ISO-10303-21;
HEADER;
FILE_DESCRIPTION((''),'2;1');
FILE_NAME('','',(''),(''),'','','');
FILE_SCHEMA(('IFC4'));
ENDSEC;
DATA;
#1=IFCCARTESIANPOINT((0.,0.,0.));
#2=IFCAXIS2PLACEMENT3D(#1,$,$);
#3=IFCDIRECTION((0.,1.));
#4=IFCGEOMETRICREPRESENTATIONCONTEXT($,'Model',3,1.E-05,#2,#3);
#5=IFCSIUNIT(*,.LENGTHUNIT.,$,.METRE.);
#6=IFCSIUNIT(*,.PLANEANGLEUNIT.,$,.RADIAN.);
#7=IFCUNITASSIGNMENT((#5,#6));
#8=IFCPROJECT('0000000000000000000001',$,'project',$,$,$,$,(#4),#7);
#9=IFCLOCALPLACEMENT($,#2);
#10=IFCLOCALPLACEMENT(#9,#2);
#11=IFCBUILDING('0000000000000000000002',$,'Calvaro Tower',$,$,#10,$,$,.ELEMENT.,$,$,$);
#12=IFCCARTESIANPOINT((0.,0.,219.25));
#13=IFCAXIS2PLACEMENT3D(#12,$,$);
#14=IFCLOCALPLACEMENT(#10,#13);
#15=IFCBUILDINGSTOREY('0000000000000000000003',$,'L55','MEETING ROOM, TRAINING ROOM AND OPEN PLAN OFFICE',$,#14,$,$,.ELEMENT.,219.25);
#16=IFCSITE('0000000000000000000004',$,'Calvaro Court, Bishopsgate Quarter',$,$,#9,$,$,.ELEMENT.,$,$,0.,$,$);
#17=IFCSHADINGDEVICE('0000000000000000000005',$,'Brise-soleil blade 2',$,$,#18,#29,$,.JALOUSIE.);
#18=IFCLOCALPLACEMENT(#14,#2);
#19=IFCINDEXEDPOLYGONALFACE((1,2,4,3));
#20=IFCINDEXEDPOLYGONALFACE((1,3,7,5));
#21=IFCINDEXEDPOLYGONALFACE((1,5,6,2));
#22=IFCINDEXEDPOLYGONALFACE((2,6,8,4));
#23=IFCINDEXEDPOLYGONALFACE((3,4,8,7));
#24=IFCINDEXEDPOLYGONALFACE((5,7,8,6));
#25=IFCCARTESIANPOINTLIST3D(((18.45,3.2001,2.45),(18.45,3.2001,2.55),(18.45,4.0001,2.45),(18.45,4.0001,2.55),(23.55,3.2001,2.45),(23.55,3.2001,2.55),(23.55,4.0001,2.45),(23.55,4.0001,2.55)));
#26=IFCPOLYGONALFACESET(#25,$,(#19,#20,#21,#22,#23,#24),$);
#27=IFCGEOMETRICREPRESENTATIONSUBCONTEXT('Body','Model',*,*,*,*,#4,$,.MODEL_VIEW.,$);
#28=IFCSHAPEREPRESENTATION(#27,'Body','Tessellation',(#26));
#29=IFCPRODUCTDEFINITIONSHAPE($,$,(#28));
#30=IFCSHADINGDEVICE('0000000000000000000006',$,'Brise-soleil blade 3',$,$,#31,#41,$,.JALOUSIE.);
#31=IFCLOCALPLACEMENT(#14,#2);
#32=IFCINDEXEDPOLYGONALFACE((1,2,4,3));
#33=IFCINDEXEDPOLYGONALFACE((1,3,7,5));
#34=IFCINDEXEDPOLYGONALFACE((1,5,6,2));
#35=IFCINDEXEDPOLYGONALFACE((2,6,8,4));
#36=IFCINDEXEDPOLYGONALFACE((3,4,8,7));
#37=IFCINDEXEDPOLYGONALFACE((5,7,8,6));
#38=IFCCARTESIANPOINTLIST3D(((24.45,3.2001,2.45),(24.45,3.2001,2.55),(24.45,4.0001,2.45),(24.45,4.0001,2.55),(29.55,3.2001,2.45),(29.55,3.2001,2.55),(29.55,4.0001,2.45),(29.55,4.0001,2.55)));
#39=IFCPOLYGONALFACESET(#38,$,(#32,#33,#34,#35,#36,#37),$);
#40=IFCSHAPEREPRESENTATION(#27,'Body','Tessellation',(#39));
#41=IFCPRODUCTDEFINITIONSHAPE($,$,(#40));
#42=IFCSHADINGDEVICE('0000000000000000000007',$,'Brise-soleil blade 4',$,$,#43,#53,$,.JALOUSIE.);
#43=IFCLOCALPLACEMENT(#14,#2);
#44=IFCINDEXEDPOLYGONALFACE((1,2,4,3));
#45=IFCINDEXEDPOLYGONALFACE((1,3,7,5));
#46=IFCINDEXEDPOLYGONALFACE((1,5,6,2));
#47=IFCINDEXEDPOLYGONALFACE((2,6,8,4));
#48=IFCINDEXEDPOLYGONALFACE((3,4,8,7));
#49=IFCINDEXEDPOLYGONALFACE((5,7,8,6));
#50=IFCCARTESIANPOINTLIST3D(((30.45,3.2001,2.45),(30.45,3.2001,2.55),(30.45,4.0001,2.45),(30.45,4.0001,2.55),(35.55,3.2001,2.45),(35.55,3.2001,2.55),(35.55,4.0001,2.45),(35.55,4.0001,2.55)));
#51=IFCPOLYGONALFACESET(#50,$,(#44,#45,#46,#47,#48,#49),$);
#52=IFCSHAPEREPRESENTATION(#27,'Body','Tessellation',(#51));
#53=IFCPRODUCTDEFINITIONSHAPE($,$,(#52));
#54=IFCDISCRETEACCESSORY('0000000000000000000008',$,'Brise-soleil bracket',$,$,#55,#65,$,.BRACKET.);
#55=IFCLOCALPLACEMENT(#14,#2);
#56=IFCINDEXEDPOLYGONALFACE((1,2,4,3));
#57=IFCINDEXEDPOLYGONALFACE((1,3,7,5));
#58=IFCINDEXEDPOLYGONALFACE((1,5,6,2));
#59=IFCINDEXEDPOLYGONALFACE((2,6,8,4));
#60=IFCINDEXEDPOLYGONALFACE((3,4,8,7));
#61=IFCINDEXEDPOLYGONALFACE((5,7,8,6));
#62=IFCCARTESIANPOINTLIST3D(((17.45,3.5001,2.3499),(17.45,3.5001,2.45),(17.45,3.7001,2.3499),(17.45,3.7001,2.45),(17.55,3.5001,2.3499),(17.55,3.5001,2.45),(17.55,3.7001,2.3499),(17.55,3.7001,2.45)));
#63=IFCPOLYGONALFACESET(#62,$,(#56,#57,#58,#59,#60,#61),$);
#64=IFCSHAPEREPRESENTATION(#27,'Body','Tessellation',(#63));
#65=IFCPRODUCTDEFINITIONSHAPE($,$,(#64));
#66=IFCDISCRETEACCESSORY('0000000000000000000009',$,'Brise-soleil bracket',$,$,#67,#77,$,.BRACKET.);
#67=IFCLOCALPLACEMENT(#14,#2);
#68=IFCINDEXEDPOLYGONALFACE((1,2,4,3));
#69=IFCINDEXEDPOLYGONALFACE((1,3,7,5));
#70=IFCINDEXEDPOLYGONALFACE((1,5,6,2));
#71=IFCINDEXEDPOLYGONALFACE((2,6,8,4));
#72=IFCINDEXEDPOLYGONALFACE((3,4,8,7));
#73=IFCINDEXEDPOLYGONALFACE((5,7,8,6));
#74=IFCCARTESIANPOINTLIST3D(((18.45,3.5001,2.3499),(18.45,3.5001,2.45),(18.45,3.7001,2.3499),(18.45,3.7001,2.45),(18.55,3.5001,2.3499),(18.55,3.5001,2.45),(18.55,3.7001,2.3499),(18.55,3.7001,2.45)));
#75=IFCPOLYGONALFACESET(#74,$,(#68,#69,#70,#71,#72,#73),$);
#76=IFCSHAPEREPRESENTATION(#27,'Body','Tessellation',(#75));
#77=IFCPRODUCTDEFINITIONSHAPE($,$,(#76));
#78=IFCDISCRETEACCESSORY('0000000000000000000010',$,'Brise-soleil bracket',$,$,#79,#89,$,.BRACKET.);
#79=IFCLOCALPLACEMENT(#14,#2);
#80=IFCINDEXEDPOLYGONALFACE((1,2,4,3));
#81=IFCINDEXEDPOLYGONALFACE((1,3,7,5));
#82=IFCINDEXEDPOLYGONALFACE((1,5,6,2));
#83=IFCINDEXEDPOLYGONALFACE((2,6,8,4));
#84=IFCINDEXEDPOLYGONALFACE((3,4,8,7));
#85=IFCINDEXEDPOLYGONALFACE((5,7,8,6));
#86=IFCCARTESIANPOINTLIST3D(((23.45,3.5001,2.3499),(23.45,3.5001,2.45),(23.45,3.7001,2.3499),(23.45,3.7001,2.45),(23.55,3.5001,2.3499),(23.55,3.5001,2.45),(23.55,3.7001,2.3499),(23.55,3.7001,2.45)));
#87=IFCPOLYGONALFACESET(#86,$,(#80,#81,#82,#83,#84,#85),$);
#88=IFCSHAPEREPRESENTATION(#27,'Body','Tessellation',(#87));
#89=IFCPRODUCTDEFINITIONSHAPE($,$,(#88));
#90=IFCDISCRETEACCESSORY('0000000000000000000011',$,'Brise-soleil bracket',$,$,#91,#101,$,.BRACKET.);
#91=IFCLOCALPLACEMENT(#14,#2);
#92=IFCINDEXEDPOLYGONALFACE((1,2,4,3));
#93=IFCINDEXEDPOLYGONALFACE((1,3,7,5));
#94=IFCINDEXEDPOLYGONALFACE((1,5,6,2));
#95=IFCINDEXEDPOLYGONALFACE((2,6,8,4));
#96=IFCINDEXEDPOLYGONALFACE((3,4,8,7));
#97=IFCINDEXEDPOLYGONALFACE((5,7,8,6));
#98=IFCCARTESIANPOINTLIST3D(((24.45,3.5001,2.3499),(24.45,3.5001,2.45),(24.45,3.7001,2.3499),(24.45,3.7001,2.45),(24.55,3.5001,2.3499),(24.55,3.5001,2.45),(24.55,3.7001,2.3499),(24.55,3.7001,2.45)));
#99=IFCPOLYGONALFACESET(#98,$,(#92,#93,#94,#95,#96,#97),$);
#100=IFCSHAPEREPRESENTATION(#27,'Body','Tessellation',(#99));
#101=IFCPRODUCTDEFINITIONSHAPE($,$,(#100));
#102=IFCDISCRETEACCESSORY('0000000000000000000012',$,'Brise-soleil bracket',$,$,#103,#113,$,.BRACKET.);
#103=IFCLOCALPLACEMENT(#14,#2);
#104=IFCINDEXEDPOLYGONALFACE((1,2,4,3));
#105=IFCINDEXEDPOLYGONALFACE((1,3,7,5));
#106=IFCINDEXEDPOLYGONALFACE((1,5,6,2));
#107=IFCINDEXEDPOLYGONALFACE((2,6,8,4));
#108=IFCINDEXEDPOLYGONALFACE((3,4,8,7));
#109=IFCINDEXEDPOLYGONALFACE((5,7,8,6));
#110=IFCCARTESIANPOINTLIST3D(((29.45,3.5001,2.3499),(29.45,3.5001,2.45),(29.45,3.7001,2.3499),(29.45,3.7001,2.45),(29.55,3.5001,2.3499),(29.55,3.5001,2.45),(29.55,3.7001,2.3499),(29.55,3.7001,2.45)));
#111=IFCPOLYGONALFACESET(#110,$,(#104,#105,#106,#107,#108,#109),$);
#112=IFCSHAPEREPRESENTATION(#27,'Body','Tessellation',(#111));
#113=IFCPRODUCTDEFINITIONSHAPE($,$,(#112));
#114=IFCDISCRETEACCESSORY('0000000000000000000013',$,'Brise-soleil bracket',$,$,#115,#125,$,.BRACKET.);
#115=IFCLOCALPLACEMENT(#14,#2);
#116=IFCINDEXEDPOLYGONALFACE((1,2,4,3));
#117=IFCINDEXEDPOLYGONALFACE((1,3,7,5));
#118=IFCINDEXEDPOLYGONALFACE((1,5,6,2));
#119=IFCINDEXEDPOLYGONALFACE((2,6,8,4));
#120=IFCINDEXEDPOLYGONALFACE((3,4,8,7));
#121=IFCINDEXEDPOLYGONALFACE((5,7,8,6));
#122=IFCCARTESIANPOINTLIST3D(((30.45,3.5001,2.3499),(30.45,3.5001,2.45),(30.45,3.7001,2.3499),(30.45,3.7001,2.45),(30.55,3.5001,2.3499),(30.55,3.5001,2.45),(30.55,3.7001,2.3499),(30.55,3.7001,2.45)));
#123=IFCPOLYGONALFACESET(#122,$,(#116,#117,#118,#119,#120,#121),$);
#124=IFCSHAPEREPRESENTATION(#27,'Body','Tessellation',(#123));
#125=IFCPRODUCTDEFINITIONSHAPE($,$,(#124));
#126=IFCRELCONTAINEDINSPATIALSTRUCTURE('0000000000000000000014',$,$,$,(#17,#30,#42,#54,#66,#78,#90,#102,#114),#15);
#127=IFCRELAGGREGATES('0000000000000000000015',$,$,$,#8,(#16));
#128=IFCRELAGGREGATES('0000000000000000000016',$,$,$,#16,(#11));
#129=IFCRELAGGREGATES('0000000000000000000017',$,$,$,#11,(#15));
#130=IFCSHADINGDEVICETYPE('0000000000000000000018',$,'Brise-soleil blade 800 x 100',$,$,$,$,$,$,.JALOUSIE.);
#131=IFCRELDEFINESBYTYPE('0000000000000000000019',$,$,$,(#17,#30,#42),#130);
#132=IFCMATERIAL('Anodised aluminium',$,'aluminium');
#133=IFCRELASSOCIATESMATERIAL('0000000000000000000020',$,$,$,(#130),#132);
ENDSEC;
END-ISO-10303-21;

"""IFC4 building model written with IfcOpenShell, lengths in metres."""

from ifc_helpers import new_model, si_unit, direction, frame, origin, origin_2d, place, context, subcontext, project, spatial, rectangle, extrude, material, material_profile, profile_set, type_object, element, save


model = new_model("IFC4")

# Units and contexts
model_context = context("Model", 3, precision=1e-05, world=origin(), true_north=direction((0.0, 1.0)))
body_context = subcontext(model_context, "Body", "Model", "MODEL_VIEW")
ifc_project = project(units=[si_unit("LENGTHUNIT", "METRE"), si_unit("PLANEANGLEUNIT", "RADIAN")], contexts=[model_context])

# Site, building, storey
site_placement = place(None, origin())
site = spatial("IfcSite", under=ifc_project, at=site_placement, Name="Calvaro Court, Bishopsgate Quarter", CompositionType="ELEMENT", RefElevation=0.0)
building_placement = place(site_placement, origin())
building = spatial("IfcBuilding", under=site, at=building_placement, Name="Calvaro Tower", CompositionType="ELEMENT")
storey_placement = place(building_placement, frame((0.0, 0.0, 219.25)))
storey = spatial("IfcBuildingStorey", under=building, at=storey_placement, Name="L55", Description="MEETING ROOM, TRAINING ROOM AND OPEN PLAN OFFICE", CompositionType="ELEMENT", Elevation=219.25)

# Shading devices
ifc_material_1 = material(Name="Anodised aluminium", Category="aluminium")
ifc_material_profile_1 = material_profile(ifc_material_1, rectangle(XDim=0.8, YDim=0.1001, at=origin_2d()), Name="Brise-soleil blade 800 x 100")
ifc_profile_set_1 = profile_set([ifc_material_profile_1], Name="Anodised aluminium")
shading_device_type = type_object("IfcShadingDeviceType", Name="Brise-soleil blade 800 x 100", PredefinedType="JALOUSIE", material=ifc_profile_set_1)
for number, where, z_axis, x_axis, name in (
    (1, (18.45, 3.6001, 2.5), (1.0, 0.0, 0.0), (0.0, 1.0, 0.0), "Brise-soleil blade 2"),
    (2, (24.45, 3.6001, 2.5), (1.0, 0.0, 0.0), (0.0, 1.0, 0.0), "Brise-soleil blade 3"),
    (3, (30.45, 3.6001, 2.5), (1.0, 0.0, 0.0), (0.0, 1.0, 0.0), "Brise-soleil blade 4"),
):
    element("IfcShadingDevice", number, at=place(storey_placement, frame(where, z_axis=z_axis, x_axis=x_axis)), inside=storey, type_object=shading_device_type, Name=name, PredefinedType="JALOUSIE", context=body_context, shape_type="SweptSolid", body=[
        extrude(rectangle(XDim=0.8, YDim=0.1001, at=origin_2d()), origin(), (0.0, 0.0, 1.0), 5.1001),
    ])

# Discrete accessories
for number, where, z_axis, x_axis, name in (
    (4, (17.5, 3.6001, 2.3499), (0.0, 0.0, 1.0), (1.0, 0.0, 0.0), "Brise-soleil bracket"),
    (5, (18.5, 3.6001, 2.3499), (0.0, 0.0, 1.0), (1.0, 0.0, 0.0), "Brise-soleil bracket"),
    (6, (23.5, 3.6001, 2.3499), (0.0, 0.0, 1.0), (1.0, 0.0, 0.0), "Brise-soleil bracket"),
    (7, (24.5, 3.6001, 2.3499), (0.0, 0.0, 1.0), (1.0, 0.0, 0.0), "Brise-soleil bracket"),
    (8, (29.5, 3.6001, 2.3499), (0.0, 0.0, 1.0), (1.0, 0.0, 0.0), "Brise-soleil bracket"),
    (9, (30.5, 3.6001, 2.3499), (0.0, 0.0, 1.0), (1.0, 0.0, 0.0), "Brise-soleil bracket"),
):
    element("IfcDiscreteAccessory", number, at=place(storey_placement, frame(where, z_axis=z_axis, x_axis=x_axis)), inside=storey, Name=name, PredefinedType="BRACKET", context=body_context, shape_type="SweptSolid", body=[
        extrude(rectangle(XDim=0.1001, YDim=0.2, at=origin_2d()), origin(), (0.0, 0.0, 1.0), 0.1001),
    ])

save(model, "model.ifc")
